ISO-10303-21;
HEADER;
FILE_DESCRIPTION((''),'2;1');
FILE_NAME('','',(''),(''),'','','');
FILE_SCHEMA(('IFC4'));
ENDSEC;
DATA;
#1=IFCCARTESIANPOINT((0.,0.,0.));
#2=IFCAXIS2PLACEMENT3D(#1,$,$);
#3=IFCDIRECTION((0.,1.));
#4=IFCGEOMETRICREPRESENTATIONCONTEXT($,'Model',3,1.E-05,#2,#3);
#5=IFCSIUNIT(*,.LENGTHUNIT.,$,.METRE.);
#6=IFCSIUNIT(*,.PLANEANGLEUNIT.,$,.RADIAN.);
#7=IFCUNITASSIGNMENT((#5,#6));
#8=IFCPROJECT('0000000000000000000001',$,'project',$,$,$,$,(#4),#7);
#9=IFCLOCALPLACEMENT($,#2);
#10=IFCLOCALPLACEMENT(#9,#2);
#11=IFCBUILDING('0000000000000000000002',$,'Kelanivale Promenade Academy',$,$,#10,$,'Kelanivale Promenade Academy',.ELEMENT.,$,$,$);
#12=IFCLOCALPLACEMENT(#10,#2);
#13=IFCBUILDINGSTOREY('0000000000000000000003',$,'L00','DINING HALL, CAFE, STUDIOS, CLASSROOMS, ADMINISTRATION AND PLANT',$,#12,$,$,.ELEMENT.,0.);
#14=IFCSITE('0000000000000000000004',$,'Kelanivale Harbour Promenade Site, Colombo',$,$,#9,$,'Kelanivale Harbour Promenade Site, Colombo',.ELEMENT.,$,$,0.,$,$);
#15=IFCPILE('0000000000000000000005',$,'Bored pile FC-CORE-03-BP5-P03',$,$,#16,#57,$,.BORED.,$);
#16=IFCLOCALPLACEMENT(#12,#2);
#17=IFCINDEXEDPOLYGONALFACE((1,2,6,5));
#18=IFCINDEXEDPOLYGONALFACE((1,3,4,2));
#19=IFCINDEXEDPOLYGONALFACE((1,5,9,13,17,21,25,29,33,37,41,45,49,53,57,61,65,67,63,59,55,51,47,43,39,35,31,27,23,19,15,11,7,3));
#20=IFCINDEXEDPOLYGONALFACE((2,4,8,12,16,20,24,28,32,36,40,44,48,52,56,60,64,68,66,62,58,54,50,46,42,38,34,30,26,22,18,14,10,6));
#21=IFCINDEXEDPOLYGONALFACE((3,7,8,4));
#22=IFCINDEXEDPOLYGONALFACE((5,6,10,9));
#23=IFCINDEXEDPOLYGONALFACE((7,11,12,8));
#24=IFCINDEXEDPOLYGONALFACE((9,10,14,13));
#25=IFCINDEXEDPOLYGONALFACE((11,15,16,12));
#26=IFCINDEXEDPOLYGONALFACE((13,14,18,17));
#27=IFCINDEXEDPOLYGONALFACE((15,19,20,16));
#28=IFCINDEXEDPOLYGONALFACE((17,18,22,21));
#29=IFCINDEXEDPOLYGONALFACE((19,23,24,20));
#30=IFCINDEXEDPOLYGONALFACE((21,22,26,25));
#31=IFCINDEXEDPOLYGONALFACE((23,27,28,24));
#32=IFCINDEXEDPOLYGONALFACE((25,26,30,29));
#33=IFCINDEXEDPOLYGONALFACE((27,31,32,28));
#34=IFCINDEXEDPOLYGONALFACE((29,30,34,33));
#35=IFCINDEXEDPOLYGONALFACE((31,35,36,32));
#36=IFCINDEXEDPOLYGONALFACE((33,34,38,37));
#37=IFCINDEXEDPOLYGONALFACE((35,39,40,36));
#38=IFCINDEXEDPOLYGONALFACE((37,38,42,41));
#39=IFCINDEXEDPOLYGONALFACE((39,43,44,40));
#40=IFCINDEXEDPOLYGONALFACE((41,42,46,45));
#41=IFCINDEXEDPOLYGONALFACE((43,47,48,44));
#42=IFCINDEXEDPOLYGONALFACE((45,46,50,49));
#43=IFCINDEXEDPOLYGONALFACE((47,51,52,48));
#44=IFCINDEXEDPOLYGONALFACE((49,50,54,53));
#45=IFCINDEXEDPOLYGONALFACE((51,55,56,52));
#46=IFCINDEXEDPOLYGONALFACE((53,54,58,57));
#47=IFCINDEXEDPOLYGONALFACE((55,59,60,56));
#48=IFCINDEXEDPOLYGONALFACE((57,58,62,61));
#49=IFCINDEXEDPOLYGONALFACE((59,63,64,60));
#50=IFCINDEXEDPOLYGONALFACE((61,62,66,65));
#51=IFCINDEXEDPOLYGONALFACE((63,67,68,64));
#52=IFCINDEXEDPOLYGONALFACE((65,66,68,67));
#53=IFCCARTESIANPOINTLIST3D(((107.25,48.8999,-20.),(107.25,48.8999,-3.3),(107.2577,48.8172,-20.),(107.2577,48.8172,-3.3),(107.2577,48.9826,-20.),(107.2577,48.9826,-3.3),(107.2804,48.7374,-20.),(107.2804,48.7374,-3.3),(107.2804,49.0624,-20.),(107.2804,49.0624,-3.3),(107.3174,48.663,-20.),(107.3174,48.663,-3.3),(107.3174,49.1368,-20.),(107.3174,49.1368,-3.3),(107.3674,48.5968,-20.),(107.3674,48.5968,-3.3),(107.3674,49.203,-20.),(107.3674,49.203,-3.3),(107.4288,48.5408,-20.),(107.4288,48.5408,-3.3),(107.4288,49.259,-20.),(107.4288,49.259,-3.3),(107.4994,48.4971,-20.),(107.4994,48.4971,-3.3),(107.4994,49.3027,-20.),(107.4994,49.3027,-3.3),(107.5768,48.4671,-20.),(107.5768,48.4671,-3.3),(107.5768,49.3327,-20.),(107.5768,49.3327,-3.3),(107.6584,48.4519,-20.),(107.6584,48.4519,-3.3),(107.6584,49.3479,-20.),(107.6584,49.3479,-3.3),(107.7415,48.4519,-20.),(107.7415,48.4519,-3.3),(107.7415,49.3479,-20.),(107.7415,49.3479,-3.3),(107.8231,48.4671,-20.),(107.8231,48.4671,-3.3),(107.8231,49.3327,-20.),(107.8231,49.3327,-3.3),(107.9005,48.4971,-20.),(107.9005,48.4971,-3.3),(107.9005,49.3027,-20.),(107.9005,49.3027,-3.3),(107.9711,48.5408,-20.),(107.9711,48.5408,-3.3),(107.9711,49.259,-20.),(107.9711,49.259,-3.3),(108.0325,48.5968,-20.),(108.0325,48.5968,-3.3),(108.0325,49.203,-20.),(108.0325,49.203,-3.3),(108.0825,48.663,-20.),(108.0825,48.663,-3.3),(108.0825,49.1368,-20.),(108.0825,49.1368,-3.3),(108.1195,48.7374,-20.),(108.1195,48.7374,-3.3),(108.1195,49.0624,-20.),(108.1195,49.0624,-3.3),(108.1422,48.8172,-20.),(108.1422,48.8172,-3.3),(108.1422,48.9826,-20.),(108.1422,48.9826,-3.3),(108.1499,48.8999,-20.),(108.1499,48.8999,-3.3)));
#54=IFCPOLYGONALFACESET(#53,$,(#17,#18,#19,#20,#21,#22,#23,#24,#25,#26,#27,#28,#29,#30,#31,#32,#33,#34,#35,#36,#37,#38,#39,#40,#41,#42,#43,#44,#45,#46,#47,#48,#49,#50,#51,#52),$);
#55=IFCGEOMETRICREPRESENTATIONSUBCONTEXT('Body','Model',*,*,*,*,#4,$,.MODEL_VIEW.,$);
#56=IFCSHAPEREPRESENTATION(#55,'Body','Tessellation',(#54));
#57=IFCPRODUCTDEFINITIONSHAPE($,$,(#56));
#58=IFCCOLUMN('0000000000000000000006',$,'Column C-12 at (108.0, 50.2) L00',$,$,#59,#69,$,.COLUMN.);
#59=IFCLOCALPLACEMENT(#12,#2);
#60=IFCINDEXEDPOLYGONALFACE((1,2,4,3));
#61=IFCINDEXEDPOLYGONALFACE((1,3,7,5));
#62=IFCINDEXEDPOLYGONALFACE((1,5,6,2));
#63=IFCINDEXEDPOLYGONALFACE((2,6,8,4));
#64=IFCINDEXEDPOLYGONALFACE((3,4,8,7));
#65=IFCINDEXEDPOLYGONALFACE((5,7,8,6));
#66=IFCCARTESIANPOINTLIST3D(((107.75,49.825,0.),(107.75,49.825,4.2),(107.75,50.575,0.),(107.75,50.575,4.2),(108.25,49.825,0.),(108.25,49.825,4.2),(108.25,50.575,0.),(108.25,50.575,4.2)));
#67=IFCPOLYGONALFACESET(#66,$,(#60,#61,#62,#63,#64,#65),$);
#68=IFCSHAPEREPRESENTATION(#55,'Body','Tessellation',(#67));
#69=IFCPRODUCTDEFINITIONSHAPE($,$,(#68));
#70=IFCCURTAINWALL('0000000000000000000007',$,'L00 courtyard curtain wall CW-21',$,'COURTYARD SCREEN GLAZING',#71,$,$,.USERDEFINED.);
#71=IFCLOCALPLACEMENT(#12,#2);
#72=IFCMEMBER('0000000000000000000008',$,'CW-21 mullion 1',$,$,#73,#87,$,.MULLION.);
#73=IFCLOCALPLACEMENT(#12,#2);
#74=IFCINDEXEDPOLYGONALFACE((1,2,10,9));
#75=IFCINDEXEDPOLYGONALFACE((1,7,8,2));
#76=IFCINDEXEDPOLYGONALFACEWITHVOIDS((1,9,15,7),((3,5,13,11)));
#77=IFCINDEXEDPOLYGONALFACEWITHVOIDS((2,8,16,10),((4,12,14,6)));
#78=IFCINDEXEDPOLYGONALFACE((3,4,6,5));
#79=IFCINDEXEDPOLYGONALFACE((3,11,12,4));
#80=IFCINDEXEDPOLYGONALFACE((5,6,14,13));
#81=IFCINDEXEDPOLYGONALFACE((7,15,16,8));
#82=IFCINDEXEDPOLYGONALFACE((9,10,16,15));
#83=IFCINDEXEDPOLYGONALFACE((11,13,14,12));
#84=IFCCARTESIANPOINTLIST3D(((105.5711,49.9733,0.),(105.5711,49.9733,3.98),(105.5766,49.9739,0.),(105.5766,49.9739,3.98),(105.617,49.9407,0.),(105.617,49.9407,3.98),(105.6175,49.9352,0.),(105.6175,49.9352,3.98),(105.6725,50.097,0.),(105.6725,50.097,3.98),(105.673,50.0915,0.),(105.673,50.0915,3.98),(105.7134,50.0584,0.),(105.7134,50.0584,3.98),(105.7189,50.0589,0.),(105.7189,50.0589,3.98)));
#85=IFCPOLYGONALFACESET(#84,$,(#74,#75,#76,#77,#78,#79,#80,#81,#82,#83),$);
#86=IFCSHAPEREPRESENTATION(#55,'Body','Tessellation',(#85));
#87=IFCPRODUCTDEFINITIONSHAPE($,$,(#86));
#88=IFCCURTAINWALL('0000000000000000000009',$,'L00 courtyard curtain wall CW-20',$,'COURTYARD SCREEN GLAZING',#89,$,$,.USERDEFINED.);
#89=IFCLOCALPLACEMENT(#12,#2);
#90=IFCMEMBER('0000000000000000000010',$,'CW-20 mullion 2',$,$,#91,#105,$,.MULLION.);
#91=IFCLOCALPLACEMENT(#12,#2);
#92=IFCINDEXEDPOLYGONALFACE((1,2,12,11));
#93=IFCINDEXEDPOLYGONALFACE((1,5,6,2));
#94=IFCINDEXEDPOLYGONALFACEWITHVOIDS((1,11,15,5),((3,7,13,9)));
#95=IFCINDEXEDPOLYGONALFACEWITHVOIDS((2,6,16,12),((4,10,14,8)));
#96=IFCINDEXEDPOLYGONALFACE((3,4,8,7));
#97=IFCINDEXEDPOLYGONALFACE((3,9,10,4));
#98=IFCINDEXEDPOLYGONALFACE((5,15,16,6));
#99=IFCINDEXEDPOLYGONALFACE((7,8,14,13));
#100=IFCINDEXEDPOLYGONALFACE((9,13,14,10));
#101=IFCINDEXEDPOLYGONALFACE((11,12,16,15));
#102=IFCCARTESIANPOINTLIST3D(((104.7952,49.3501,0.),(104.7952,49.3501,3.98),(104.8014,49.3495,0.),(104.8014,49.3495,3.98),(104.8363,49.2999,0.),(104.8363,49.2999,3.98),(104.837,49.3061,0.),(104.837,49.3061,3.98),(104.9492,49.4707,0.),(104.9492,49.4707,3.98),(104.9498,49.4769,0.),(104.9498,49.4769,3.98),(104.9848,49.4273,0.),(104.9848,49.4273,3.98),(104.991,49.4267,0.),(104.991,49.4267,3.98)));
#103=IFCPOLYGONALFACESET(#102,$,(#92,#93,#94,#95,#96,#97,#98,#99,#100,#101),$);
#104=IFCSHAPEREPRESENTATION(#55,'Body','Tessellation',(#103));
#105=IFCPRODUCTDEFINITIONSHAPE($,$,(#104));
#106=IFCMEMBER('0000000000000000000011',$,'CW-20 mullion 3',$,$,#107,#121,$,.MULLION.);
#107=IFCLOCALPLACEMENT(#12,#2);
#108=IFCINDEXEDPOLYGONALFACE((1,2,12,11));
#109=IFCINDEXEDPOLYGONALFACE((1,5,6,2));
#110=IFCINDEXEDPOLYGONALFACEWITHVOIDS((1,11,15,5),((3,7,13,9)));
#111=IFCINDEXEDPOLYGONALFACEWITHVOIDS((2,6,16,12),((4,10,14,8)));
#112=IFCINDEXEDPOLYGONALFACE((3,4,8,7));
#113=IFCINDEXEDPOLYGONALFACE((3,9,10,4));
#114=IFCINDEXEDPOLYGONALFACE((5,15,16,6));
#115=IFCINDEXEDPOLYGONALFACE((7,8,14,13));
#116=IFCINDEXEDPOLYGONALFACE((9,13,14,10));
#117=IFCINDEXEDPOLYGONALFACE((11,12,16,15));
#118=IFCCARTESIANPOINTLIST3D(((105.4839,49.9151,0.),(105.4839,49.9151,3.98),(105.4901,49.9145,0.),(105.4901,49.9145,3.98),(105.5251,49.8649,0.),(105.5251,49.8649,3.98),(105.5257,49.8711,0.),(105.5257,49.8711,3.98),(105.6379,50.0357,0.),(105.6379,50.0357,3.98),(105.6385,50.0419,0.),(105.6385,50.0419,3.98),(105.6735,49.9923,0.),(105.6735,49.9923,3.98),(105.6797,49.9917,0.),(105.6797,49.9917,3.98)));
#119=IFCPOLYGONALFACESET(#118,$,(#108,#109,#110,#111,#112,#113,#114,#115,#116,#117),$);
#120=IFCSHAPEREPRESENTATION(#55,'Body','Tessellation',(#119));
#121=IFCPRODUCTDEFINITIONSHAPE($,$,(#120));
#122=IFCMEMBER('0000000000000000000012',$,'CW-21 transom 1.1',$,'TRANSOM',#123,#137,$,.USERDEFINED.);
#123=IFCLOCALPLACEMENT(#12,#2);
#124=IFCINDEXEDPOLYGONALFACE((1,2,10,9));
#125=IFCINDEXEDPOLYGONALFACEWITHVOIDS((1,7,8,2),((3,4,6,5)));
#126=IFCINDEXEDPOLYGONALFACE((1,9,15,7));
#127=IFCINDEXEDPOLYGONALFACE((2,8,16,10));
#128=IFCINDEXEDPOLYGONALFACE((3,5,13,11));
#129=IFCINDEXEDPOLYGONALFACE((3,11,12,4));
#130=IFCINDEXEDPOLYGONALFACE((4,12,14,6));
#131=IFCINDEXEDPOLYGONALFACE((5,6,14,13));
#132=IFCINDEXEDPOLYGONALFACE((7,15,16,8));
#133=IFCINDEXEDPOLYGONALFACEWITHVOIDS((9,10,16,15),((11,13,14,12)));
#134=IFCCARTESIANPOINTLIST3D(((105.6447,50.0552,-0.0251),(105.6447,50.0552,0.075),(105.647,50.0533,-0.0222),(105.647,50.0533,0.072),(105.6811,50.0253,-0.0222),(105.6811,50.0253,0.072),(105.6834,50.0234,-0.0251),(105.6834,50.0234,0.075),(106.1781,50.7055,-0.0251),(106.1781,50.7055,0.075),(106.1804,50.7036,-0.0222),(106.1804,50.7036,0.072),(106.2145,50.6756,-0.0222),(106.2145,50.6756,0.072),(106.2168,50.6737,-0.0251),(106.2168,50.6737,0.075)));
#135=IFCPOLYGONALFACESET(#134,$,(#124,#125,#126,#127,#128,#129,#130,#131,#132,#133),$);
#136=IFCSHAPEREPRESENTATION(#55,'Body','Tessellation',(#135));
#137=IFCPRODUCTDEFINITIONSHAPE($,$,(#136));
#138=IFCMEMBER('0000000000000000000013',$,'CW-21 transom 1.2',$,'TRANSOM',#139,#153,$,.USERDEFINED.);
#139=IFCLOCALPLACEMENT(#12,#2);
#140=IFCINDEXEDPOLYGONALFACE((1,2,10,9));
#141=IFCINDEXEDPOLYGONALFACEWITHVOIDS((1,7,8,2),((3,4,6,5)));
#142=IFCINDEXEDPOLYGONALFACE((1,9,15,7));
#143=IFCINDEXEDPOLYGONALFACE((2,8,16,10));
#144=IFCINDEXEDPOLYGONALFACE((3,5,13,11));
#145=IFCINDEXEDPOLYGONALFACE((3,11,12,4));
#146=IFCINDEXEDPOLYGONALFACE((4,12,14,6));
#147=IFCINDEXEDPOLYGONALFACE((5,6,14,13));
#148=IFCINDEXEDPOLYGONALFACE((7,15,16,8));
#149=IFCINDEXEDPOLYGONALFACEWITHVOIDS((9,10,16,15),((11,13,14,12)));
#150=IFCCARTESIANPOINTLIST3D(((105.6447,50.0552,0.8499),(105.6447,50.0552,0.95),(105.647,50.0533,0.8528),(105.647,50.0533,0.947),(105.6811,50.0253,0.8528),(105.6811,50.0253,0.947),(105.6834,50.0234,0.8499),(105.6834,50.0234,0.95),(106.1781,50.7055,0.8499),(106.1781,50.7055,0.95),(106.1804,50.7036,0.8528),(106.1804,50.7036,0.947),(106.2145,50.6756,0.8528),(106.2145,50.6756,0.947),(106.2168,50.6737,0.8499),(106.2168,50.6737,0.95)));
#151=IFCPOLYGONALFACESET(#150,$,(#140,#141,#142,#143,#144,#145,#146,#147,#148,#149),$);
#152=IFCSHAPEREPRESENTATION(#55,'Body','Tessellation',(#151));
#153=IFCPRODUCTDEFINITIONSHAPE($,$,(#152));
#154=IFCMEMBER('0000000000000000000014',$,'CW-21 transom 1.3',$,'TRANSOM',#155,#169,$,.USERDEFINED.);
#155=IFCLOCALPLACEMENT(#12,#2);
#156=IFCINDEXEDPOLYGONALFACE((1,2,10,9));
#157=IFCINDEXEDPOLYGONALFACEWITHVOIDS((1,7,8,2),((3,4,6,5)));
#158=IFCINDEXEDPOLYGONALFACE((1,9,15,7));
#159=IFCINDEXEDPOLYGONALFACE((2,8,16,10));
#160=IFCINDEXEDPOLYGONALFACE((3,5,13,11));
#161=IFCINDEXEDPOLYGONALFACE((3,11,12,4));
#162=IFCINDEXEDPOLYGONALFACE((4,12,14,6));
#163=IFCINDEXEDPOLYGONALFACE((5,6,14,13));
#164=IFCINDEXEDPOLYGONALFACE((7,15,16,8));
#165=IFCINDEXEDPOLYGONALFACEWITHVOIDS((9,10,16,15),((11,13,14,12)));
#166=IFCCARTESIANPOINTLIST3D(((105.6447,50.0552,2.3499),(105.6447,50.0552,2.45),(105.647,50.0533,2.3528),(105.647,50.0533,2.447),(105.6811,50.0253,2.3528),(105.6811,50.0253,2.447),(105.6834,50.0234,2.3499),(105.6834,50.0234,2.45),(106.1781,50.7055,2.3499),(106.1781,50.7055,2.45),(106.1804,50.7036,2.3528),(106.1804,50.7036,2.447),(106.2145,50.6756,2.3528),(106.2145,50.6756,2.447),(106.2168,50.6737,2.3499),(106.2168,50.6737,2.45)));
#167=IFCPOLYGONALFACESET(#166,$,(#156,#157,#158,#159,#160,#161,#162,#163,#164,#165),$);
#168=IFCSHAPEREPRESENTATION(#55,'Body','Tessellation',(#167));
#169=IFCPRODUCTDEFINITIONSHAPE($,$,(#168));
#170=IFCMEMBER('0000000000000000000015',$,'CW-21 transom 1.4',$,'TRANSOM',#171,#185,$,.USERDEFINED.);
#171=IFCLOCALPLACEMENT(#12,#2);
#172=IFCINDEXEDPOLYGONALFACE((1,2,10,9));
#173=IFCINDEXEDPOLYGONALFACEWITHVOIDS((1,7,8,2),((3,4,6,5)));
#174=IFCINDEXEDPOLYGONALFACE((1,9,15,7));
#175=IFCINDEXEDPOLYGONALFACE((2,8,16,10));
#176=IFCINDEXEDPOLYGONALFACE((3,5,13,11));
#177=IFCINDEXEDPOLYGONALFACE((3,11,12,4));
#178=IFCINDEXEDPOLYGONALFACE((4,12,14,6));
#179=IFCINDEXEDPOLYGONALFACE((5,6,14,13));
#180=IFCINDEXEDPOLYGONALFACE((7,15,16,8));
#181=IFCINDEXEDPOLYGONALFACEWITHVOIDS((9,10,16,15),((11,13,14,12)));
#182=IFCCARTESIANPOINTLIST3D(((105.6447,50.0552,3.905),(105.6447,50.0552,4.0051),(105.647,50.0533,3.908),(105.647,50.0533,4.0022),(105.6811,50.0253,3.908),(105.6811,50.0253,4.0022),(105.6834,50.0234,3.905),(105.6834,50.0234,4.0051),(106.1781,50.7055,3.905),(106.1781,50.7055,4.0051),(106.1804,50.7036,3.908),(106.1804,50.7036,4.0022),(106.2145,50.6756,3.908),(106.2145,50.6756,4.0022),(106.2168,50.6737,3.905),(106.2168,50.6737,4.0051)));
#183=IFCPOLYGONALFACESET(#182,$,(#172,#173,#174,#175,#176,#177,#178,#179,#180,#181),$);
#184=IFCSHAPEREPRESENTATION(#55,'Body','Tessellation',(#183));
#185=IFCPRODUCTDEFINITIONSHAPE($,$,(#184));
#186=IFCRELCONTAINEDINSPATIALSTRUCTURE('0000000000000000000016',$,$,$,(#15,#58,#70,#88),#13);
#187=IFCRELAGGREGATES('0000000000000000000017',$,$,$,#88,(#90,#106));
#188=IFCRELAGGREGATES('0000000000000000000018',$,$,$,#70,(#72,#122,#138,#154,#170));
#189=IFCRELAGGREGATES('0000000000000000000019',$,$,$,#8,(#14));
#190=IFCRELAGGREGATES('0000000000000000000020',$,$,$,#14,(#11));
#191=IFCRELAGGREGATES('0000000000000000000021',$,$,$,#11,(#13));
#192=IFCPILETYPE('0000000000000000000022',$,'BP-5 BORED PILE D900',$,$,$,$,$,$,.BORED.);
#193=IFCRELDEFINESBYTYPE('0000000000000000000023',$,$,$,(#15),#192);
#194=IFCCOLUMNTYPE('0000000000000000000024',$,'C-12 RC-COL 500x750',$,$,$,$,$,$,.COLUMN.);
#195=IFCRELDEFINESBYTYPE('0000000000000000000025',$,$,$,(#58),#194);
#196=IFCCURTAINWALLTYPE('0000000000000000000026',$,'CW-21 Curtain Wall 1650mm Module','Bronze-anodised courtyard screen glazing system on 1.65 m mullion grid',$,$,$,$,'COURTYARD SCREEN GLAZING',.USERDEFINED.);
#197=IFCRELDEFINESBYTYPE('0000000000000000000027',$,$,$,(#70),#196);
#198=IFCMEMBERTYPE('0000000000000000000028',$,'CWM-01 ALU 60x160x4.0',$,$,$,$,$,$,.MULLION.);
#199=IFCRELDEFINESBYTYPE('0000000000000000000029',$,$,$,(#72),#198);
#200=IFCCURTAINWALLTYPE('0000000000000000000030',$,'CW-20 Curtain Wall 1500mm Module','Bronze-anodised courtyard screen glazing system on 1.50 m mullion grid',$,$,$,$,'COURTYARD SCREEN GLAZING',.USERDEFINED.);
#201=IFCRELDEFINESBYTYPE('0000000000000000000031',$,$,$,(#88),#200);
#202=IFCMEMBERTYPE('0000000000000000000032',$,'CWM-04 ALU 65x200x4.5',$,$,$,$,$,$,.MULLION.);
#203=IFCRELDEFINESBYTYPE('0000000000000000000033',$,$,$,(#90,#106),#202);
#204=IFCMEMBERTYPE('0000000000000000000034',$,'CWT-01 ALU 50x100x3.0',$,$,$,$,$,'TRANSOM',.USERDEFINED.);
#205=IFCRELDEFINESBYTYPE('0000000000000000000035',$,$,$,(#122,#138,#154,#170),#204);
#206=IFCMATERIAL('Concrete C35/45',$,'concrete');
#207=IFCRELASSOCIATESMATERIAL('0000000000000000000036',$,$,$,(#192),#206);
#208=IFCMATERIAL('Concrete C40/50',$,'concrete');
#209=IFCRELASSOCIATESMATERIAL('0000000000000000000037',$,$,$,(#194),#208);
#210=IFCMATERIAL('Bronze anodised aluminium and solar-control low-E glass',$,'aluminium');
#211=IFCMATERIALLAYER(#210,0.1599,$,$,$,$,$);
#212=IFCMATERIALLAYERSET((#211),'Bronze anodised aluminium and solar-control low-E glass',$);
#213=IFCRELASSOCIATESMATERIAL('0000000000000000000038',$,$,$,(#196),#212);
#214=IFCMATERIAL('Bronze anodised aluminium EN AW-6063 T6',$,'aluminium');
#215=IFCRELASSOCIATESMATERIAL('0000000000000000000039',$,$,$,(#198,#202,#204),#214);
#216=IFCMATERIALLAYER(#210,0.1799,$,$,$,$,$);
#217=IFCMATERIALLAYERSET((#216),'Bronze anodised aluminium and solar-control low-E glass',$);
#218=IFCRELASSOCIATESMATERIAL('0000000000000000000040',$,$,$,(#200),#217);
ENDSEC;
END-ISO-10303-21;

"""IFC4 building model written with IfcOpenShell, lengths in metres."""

from ifc_helpers import new_model, si_unit, direction, frame, origin, origin_2d, place, context, subcontext, project, spatial, rectangle, hollow_rectangle, circle, extrude, material, layer, layer_set, material_profile, profile_set, type_object, element, aggregate, save


model = new_model("IFC4")

# Units and contexts
model_context = context("Model", 3, precision=1e-05, world=origin(), true_north=direction((0.0, 1.0)))
body_context = subcontext(model_context, "Body", "Model", "MODEL_VIEW")
ifc_project = project(units=[si_unit("LENGTHUNIT", "METRE"), si_unit("PLANEANGLEUNIT", "RADIAN")], contexts=[model_context])

# Site, building, storey
site_placement = place(None, origin())
site = spatial("IfcSite", under=ifc_project, at=site_placement, Name="Kelanivale Harbour Promenade Site, Colombo", LongName="Kelanivale Harbour Promenade Site, Colombo", CompositionType="ELEMENT", RefElevation=0.0)
building_placement = place(site_placement, origin())
building = spatial("IfcBuilding", under=site, at=building_placement, Name="Kelanivale Promenade Academy", LongName="Kelanivale Promenade Academy", CompositionType="ELEMENT")
storey_placement = place(building_placement, origin())
storey = spatial("IfcBuildingStorey", under=building, at=storey_placement, Name="L00", Description="DINING HALL, CAFE, STUDIOS, CLASSROOMS, ADMINISTRATION AND PLANT", CompositionType="ELEMENT", Elevation=0.0)

# Pile
ifc_material_1 = material(Name="Concrete C35/45", Category="concrete")
ifc_material_profile_1 = material_profile(ifc_material_1, circle(Radius=0.45, at=origin_2d()), Name="BORED PILE D900")
ifc_profile_set_1 = profile_set([ifc_material_profile_1], Name="Concrete C35/45")
pile_type = type_object("IfcPileType", Name="BP-5 BORED PILE D900", PredefinedType="BORED", material=ifc_profile_set_1)
pile_placement = place(storey_placement, frame((107.7, 48.8999, -3.3), z_axis=(0.0, 0.0, -1.0), x_axis=(1.0, 0.0, 0.0)))
element("IfcPile", 1, at=pile_placement, inside=storey, type_object=pile_type, Name="Bored pile FC-CORE-03-BP5-P03", PredefinedType="BORED", context=body_context, shape_type="SweptSolid", body=[
    extrude(circle(Radius=0.45, at=origin_2d()), origin(), (0.0, 0.0, 1.0), 16.7),
])

# Column
ifc_material_2 = material(Name="Concrete C40/50", Category="concrete")
ifc_material_profile_2 = material_profile(ifc_material_2, rectangle(XDim=0.5, YDim=0.75, at=origin_2d()), Name="RC-COL 500x750")
ifc_profile_set_2 = profile_set([ifc_material_profile_2], Name="Concrete C40/50")
column_type = type_object("IfcColumnType", Name="C-12 RC-COL 500x750", PredefinedType="COLUMN", material=ifc_profile_set_2)
column_placement = place(storey_placement, frame((108.0, 50.2, 0.0), z_axis=(0.0, 0.0, 1.0), x_axis=(1.0, 0.0, 0.0)))
element("IfcColumn", 2, at=column_placement, inside=storey, type_object=column_type, Name="Column C-12 at (108.0, 50.2) L00", PredefinedType="COLUMN", context=body_context, shape_type="SweptSolid", body=[
    extrude(rectangle(XDim=0.5, YDim=0.75, at=origin_2d()), origin(), (0.0, 0.0, 1.0), 4.2),
])

# Curtain wall, member
ifc_material_3 = material(Name="Bronze anodised aluminium and solar-control low-E glass", Category="aluminium")
ifc_layer_1 = layer(ifc_material_3, 0.1599)
ifc_layer_set_1 = layer_set([ifc_layer_1], Name="Bronze anodised aluminium and solar-control low-E glass")
curtain_wall_type_1 = type_object("IfcCurtainWallType", Name="CW-21 Curtain Wall 1650mm Module", Description="Bronze-anodised courtyard screen glazing system on 1.65 m mullion grid", ElementType="COURTYARD SCREEN GLAZING", PredefinedType="USERDEFINED", material=ifc_layer_set_1)
curtain_wall_1_placement = place(storey_placement, origin())
curtain_wall_1 = element("IfcCurtainWall", 3, at=curtain_wall_1_placement, inside=storey, type_object=curtain_wall_type_1, Name="L00 courtyard curtain wall CW-21", ObjectType="COURTYARD SCREEN GLAZING", PredefinedType="USERDEFINED")
ifc_material_4 = material(Name="Bronze anodised aluminium EN AW-6063 T6", Category="aluminium")
ifc_material_profile_3 = material_profile(ifc_material_4, hollow_rectangle(XDim=0.0601, YDim=0.1599, WallThickness=0.0039, at=origin_2d()), Name="ALU 60x160x4.0")
ifc_profile_set_3 = profile_set([ifc_material_profile_3], Name="Bronze anodised aluminium EN AW-6063 T6")
member_type_1 = type_object("IfcMemberType", Name="CWM-01 ALU 60x160x4.0", PredefinedType="MULLION", material=ifc_profile_set_3)
member_1_placement = place(storey_placement, frame((105.645, 50.0161, 0.0), z_axis=(0.0, 0.0, 1.0), x_axis=(-0.773215, 0.634144, 0.0)))
member_1 = element("IfcMember", 4, at=member_1_placement, type_object=member_type_1, Name="CW-21 mullion 1", PredefinedType="MULLION", context=body_context, shape_type="SweptSolid", body=[
    extrude(hollow_rectangle(XDim=0.0601, YDim=0.1599, WallThickness=0.0039, at=origin_2d()), origin(), (0.0, 0.0, 1.0), 3.98),
])

# Curtain wall, members
ifc_layer_2 = layer(ifc_material_3, 0.1799)
ifc_layer_set_2 = layer_set([ifc_layer_2], Name="Bronze anodised aluminium and solar-control low-E glass")
curtain_wall_type_2 = type_object("IfcCurtainWallType", Name="CW-20 Curtain Wall 1500mm Module", Description="Bronze-anodised courtyard screen glazing system on 1.50 m mullion grid", ElementType="COURTYARD SCREEN GLAZING", PredefinedType="USERDEFINED", material=ifc_layer_set_2)
curtain_wall_2_placement = place(storey_placement, origin())
curtain_wall_2 = element("IfcCurtainWall", 5, at=curtain_wall_2_placement, inside=storey, type_object=curtain_wall_type_2, Name="L00 courtyard curtain wall CW-20", ObjectType="COURTYARD SCREEN GLAZING", PredefinedType="USERDEFINED")
ifc_material_profile_4 = material_profile(ifc_material_4, hollow_rectangle(XDim=0.0649, YDim=0.2, WallThickness=0.0044, at=origin_2d()), Name="ALU 65x200x4.5")
ifc_profile_set_4 = profile_set([ifc_material_profile_4], Name="Bronze anodised aluminium EN AW-6063 T6")
member_type_2 = type_object("IfcMemberType", Name="CWM-04 ALU 65x200x4.5", PredefinedType="MULLION", material=ifc_profile_set_4)
member_2_placement = place(storey_placement, frame((104.8931, 49.3884, 0.0), z_axis=(0.0, 0.0, 1.0), x_axis=(-0.634093, 0.773257, 0.0)))
member_2 = element("IfcMember", 6, at=member_2_placement, type_object=member_type_2, Name="CW-20 mullion 2", PredefinedType="MULLION", context=body_context, shape_type="SweptSolid", body=[
    extrude(hollow_rectangle(XDim=0.0649, YDim=0.2, WallThickness=0.0044, at=origin_2d()), origin(), (0.0, 0.0, 1.0), 3.98),
])
member_3_placement = place(storey_placement, frame((105.5818, 49.9534, 0.0), z_axis=(0.0, 0.0, 1.0), x_axis=(-0.634093, 0.773257, 0.0)))
member_3 = element("IfcMember", 7, at=member_3_placement, type_object=member_type_2, Name="CW-20 mullion 3", PredefinedType="MULLION", context=body_context, shape_type="SweptSolid", body=[
    extrude(hollow_rectangle(XDim=0.0649, YDim=0.2, WallThickness=0.0044, at=origin_2d()), origin(), (0.0, 0.0, 1.0), 3.98),
])

# Members
ifc_material_profile_5 = material_profile(ifc_material_4, hollow_rectangle(XDim=0.05, YDim=0.1001, WallThickness=0.0029, at=origin_2d()), Name="ALU 50x100x3.0")
ifc_profile_set_5 = profile_set([ifc_material_profile_5], Name="Bronze anodised aluminium EN AW-6063 T6")
member_type_3 = type_object("IfcMemberType", Name="CWT-01 ALU 50x100x3.0", ElementType="TRANSOM", PredefinedType="USERDEFINED", material=ifc_profile_set_5)
member_4_placement = place(storey_placement, frame((105.6641, 50.0393, 0.0249), z_axis=(0.63417, 0.773194, 0.0), x_axis=(-0.773194, 0.63417, 0.0)))
member_4 = element("IfcMember", 8, at=member_4_placement, type_object=member_type_3, Name="CW-21 transom 1.1", ObjectType="TRANSOM", PredefinedType="USERDEFINED", context=body_context, shape_type="SweptSolid", body=[
    extrude(hollow_rectangle(XDim=0.05, YDim=0.1001, WallThickness=0.0029, at=origin_2d()), origin(), (0.0, 0.0, 1.0), 0.8411),
])
member_5_placement = place(storey_placement, frame((105.6641, 50.0393, 0.8999), z_axis=(0.63417, 0.773194, 0.0), x_axis=(-0.773194, 0.63417, 0.0)))
member_5 = element("IfcMember", 9, at=member_5_placement, type_object=member_type_3, Name="CW-21 transom 1.2", ObjectType="TRANSOM", PredefinedType="USERDEFINED", context=body_context, shape_type="SweptSolid", body=[
    extrude(hollow_rectangle(XDim=0.05, YDim=0.1001, WallThickness=0.0029, at=origin_2d()), origin(), (0.0, 0.0, 1.0), 0.8411),
])
member_6_placement = place(storey_placement, frame((105.6641, 50.0393, 2.3999), z_axis=(0.63417, 0.773194, 0.0), x_axis=(-0.773194, 0.63417, 0.0)))
member_6 = element("IfcMember", 10, at=member_6_placement, type_object=member_type_3, Name="CW-21 transom 1.3", ObjectType="TRANSOM", PredefinedType="USERDEFINED", context=body_context, shape_type="SweptSolid", body=[
    extrude(hollow_rectangle(XDim=0.05, YDim=0.1001, WallThickness=0.0029, at=origin_2d()), origin(), (0.0, 0.0, 1.0), 0.8411),
])
member_7_placement = place(storey_placement, frame((105.6641, 50.0393, 3.9551), z_axis=(0.63417, 0.773194, 0.0), x_axis=(-0.773194, 0.63417, 0.0)))
member_7 = element("IfcMember", 11, at=member_7_placement, type_object=member_type_3, Name="CW-21 transom 1.4", ObjectType="TRANSOM", PredefinedType="USERDEFINED", context=body_context, shape_type="SweptSolid", body=[
    extrude(hollow_rectangle(XDim=0.05, YDim=0.1001, WallThickness=0.0029, at=origin_2d()), origin(), (0.0, 0.0, 1.0), 0.8411),
])

aggregate(curtain_wall_2, [member_2, member_3])
aggregate(curtain_wall_1, [member_1, member_4, member_5, member_6, member_7])

save(model, "model.ifc")
